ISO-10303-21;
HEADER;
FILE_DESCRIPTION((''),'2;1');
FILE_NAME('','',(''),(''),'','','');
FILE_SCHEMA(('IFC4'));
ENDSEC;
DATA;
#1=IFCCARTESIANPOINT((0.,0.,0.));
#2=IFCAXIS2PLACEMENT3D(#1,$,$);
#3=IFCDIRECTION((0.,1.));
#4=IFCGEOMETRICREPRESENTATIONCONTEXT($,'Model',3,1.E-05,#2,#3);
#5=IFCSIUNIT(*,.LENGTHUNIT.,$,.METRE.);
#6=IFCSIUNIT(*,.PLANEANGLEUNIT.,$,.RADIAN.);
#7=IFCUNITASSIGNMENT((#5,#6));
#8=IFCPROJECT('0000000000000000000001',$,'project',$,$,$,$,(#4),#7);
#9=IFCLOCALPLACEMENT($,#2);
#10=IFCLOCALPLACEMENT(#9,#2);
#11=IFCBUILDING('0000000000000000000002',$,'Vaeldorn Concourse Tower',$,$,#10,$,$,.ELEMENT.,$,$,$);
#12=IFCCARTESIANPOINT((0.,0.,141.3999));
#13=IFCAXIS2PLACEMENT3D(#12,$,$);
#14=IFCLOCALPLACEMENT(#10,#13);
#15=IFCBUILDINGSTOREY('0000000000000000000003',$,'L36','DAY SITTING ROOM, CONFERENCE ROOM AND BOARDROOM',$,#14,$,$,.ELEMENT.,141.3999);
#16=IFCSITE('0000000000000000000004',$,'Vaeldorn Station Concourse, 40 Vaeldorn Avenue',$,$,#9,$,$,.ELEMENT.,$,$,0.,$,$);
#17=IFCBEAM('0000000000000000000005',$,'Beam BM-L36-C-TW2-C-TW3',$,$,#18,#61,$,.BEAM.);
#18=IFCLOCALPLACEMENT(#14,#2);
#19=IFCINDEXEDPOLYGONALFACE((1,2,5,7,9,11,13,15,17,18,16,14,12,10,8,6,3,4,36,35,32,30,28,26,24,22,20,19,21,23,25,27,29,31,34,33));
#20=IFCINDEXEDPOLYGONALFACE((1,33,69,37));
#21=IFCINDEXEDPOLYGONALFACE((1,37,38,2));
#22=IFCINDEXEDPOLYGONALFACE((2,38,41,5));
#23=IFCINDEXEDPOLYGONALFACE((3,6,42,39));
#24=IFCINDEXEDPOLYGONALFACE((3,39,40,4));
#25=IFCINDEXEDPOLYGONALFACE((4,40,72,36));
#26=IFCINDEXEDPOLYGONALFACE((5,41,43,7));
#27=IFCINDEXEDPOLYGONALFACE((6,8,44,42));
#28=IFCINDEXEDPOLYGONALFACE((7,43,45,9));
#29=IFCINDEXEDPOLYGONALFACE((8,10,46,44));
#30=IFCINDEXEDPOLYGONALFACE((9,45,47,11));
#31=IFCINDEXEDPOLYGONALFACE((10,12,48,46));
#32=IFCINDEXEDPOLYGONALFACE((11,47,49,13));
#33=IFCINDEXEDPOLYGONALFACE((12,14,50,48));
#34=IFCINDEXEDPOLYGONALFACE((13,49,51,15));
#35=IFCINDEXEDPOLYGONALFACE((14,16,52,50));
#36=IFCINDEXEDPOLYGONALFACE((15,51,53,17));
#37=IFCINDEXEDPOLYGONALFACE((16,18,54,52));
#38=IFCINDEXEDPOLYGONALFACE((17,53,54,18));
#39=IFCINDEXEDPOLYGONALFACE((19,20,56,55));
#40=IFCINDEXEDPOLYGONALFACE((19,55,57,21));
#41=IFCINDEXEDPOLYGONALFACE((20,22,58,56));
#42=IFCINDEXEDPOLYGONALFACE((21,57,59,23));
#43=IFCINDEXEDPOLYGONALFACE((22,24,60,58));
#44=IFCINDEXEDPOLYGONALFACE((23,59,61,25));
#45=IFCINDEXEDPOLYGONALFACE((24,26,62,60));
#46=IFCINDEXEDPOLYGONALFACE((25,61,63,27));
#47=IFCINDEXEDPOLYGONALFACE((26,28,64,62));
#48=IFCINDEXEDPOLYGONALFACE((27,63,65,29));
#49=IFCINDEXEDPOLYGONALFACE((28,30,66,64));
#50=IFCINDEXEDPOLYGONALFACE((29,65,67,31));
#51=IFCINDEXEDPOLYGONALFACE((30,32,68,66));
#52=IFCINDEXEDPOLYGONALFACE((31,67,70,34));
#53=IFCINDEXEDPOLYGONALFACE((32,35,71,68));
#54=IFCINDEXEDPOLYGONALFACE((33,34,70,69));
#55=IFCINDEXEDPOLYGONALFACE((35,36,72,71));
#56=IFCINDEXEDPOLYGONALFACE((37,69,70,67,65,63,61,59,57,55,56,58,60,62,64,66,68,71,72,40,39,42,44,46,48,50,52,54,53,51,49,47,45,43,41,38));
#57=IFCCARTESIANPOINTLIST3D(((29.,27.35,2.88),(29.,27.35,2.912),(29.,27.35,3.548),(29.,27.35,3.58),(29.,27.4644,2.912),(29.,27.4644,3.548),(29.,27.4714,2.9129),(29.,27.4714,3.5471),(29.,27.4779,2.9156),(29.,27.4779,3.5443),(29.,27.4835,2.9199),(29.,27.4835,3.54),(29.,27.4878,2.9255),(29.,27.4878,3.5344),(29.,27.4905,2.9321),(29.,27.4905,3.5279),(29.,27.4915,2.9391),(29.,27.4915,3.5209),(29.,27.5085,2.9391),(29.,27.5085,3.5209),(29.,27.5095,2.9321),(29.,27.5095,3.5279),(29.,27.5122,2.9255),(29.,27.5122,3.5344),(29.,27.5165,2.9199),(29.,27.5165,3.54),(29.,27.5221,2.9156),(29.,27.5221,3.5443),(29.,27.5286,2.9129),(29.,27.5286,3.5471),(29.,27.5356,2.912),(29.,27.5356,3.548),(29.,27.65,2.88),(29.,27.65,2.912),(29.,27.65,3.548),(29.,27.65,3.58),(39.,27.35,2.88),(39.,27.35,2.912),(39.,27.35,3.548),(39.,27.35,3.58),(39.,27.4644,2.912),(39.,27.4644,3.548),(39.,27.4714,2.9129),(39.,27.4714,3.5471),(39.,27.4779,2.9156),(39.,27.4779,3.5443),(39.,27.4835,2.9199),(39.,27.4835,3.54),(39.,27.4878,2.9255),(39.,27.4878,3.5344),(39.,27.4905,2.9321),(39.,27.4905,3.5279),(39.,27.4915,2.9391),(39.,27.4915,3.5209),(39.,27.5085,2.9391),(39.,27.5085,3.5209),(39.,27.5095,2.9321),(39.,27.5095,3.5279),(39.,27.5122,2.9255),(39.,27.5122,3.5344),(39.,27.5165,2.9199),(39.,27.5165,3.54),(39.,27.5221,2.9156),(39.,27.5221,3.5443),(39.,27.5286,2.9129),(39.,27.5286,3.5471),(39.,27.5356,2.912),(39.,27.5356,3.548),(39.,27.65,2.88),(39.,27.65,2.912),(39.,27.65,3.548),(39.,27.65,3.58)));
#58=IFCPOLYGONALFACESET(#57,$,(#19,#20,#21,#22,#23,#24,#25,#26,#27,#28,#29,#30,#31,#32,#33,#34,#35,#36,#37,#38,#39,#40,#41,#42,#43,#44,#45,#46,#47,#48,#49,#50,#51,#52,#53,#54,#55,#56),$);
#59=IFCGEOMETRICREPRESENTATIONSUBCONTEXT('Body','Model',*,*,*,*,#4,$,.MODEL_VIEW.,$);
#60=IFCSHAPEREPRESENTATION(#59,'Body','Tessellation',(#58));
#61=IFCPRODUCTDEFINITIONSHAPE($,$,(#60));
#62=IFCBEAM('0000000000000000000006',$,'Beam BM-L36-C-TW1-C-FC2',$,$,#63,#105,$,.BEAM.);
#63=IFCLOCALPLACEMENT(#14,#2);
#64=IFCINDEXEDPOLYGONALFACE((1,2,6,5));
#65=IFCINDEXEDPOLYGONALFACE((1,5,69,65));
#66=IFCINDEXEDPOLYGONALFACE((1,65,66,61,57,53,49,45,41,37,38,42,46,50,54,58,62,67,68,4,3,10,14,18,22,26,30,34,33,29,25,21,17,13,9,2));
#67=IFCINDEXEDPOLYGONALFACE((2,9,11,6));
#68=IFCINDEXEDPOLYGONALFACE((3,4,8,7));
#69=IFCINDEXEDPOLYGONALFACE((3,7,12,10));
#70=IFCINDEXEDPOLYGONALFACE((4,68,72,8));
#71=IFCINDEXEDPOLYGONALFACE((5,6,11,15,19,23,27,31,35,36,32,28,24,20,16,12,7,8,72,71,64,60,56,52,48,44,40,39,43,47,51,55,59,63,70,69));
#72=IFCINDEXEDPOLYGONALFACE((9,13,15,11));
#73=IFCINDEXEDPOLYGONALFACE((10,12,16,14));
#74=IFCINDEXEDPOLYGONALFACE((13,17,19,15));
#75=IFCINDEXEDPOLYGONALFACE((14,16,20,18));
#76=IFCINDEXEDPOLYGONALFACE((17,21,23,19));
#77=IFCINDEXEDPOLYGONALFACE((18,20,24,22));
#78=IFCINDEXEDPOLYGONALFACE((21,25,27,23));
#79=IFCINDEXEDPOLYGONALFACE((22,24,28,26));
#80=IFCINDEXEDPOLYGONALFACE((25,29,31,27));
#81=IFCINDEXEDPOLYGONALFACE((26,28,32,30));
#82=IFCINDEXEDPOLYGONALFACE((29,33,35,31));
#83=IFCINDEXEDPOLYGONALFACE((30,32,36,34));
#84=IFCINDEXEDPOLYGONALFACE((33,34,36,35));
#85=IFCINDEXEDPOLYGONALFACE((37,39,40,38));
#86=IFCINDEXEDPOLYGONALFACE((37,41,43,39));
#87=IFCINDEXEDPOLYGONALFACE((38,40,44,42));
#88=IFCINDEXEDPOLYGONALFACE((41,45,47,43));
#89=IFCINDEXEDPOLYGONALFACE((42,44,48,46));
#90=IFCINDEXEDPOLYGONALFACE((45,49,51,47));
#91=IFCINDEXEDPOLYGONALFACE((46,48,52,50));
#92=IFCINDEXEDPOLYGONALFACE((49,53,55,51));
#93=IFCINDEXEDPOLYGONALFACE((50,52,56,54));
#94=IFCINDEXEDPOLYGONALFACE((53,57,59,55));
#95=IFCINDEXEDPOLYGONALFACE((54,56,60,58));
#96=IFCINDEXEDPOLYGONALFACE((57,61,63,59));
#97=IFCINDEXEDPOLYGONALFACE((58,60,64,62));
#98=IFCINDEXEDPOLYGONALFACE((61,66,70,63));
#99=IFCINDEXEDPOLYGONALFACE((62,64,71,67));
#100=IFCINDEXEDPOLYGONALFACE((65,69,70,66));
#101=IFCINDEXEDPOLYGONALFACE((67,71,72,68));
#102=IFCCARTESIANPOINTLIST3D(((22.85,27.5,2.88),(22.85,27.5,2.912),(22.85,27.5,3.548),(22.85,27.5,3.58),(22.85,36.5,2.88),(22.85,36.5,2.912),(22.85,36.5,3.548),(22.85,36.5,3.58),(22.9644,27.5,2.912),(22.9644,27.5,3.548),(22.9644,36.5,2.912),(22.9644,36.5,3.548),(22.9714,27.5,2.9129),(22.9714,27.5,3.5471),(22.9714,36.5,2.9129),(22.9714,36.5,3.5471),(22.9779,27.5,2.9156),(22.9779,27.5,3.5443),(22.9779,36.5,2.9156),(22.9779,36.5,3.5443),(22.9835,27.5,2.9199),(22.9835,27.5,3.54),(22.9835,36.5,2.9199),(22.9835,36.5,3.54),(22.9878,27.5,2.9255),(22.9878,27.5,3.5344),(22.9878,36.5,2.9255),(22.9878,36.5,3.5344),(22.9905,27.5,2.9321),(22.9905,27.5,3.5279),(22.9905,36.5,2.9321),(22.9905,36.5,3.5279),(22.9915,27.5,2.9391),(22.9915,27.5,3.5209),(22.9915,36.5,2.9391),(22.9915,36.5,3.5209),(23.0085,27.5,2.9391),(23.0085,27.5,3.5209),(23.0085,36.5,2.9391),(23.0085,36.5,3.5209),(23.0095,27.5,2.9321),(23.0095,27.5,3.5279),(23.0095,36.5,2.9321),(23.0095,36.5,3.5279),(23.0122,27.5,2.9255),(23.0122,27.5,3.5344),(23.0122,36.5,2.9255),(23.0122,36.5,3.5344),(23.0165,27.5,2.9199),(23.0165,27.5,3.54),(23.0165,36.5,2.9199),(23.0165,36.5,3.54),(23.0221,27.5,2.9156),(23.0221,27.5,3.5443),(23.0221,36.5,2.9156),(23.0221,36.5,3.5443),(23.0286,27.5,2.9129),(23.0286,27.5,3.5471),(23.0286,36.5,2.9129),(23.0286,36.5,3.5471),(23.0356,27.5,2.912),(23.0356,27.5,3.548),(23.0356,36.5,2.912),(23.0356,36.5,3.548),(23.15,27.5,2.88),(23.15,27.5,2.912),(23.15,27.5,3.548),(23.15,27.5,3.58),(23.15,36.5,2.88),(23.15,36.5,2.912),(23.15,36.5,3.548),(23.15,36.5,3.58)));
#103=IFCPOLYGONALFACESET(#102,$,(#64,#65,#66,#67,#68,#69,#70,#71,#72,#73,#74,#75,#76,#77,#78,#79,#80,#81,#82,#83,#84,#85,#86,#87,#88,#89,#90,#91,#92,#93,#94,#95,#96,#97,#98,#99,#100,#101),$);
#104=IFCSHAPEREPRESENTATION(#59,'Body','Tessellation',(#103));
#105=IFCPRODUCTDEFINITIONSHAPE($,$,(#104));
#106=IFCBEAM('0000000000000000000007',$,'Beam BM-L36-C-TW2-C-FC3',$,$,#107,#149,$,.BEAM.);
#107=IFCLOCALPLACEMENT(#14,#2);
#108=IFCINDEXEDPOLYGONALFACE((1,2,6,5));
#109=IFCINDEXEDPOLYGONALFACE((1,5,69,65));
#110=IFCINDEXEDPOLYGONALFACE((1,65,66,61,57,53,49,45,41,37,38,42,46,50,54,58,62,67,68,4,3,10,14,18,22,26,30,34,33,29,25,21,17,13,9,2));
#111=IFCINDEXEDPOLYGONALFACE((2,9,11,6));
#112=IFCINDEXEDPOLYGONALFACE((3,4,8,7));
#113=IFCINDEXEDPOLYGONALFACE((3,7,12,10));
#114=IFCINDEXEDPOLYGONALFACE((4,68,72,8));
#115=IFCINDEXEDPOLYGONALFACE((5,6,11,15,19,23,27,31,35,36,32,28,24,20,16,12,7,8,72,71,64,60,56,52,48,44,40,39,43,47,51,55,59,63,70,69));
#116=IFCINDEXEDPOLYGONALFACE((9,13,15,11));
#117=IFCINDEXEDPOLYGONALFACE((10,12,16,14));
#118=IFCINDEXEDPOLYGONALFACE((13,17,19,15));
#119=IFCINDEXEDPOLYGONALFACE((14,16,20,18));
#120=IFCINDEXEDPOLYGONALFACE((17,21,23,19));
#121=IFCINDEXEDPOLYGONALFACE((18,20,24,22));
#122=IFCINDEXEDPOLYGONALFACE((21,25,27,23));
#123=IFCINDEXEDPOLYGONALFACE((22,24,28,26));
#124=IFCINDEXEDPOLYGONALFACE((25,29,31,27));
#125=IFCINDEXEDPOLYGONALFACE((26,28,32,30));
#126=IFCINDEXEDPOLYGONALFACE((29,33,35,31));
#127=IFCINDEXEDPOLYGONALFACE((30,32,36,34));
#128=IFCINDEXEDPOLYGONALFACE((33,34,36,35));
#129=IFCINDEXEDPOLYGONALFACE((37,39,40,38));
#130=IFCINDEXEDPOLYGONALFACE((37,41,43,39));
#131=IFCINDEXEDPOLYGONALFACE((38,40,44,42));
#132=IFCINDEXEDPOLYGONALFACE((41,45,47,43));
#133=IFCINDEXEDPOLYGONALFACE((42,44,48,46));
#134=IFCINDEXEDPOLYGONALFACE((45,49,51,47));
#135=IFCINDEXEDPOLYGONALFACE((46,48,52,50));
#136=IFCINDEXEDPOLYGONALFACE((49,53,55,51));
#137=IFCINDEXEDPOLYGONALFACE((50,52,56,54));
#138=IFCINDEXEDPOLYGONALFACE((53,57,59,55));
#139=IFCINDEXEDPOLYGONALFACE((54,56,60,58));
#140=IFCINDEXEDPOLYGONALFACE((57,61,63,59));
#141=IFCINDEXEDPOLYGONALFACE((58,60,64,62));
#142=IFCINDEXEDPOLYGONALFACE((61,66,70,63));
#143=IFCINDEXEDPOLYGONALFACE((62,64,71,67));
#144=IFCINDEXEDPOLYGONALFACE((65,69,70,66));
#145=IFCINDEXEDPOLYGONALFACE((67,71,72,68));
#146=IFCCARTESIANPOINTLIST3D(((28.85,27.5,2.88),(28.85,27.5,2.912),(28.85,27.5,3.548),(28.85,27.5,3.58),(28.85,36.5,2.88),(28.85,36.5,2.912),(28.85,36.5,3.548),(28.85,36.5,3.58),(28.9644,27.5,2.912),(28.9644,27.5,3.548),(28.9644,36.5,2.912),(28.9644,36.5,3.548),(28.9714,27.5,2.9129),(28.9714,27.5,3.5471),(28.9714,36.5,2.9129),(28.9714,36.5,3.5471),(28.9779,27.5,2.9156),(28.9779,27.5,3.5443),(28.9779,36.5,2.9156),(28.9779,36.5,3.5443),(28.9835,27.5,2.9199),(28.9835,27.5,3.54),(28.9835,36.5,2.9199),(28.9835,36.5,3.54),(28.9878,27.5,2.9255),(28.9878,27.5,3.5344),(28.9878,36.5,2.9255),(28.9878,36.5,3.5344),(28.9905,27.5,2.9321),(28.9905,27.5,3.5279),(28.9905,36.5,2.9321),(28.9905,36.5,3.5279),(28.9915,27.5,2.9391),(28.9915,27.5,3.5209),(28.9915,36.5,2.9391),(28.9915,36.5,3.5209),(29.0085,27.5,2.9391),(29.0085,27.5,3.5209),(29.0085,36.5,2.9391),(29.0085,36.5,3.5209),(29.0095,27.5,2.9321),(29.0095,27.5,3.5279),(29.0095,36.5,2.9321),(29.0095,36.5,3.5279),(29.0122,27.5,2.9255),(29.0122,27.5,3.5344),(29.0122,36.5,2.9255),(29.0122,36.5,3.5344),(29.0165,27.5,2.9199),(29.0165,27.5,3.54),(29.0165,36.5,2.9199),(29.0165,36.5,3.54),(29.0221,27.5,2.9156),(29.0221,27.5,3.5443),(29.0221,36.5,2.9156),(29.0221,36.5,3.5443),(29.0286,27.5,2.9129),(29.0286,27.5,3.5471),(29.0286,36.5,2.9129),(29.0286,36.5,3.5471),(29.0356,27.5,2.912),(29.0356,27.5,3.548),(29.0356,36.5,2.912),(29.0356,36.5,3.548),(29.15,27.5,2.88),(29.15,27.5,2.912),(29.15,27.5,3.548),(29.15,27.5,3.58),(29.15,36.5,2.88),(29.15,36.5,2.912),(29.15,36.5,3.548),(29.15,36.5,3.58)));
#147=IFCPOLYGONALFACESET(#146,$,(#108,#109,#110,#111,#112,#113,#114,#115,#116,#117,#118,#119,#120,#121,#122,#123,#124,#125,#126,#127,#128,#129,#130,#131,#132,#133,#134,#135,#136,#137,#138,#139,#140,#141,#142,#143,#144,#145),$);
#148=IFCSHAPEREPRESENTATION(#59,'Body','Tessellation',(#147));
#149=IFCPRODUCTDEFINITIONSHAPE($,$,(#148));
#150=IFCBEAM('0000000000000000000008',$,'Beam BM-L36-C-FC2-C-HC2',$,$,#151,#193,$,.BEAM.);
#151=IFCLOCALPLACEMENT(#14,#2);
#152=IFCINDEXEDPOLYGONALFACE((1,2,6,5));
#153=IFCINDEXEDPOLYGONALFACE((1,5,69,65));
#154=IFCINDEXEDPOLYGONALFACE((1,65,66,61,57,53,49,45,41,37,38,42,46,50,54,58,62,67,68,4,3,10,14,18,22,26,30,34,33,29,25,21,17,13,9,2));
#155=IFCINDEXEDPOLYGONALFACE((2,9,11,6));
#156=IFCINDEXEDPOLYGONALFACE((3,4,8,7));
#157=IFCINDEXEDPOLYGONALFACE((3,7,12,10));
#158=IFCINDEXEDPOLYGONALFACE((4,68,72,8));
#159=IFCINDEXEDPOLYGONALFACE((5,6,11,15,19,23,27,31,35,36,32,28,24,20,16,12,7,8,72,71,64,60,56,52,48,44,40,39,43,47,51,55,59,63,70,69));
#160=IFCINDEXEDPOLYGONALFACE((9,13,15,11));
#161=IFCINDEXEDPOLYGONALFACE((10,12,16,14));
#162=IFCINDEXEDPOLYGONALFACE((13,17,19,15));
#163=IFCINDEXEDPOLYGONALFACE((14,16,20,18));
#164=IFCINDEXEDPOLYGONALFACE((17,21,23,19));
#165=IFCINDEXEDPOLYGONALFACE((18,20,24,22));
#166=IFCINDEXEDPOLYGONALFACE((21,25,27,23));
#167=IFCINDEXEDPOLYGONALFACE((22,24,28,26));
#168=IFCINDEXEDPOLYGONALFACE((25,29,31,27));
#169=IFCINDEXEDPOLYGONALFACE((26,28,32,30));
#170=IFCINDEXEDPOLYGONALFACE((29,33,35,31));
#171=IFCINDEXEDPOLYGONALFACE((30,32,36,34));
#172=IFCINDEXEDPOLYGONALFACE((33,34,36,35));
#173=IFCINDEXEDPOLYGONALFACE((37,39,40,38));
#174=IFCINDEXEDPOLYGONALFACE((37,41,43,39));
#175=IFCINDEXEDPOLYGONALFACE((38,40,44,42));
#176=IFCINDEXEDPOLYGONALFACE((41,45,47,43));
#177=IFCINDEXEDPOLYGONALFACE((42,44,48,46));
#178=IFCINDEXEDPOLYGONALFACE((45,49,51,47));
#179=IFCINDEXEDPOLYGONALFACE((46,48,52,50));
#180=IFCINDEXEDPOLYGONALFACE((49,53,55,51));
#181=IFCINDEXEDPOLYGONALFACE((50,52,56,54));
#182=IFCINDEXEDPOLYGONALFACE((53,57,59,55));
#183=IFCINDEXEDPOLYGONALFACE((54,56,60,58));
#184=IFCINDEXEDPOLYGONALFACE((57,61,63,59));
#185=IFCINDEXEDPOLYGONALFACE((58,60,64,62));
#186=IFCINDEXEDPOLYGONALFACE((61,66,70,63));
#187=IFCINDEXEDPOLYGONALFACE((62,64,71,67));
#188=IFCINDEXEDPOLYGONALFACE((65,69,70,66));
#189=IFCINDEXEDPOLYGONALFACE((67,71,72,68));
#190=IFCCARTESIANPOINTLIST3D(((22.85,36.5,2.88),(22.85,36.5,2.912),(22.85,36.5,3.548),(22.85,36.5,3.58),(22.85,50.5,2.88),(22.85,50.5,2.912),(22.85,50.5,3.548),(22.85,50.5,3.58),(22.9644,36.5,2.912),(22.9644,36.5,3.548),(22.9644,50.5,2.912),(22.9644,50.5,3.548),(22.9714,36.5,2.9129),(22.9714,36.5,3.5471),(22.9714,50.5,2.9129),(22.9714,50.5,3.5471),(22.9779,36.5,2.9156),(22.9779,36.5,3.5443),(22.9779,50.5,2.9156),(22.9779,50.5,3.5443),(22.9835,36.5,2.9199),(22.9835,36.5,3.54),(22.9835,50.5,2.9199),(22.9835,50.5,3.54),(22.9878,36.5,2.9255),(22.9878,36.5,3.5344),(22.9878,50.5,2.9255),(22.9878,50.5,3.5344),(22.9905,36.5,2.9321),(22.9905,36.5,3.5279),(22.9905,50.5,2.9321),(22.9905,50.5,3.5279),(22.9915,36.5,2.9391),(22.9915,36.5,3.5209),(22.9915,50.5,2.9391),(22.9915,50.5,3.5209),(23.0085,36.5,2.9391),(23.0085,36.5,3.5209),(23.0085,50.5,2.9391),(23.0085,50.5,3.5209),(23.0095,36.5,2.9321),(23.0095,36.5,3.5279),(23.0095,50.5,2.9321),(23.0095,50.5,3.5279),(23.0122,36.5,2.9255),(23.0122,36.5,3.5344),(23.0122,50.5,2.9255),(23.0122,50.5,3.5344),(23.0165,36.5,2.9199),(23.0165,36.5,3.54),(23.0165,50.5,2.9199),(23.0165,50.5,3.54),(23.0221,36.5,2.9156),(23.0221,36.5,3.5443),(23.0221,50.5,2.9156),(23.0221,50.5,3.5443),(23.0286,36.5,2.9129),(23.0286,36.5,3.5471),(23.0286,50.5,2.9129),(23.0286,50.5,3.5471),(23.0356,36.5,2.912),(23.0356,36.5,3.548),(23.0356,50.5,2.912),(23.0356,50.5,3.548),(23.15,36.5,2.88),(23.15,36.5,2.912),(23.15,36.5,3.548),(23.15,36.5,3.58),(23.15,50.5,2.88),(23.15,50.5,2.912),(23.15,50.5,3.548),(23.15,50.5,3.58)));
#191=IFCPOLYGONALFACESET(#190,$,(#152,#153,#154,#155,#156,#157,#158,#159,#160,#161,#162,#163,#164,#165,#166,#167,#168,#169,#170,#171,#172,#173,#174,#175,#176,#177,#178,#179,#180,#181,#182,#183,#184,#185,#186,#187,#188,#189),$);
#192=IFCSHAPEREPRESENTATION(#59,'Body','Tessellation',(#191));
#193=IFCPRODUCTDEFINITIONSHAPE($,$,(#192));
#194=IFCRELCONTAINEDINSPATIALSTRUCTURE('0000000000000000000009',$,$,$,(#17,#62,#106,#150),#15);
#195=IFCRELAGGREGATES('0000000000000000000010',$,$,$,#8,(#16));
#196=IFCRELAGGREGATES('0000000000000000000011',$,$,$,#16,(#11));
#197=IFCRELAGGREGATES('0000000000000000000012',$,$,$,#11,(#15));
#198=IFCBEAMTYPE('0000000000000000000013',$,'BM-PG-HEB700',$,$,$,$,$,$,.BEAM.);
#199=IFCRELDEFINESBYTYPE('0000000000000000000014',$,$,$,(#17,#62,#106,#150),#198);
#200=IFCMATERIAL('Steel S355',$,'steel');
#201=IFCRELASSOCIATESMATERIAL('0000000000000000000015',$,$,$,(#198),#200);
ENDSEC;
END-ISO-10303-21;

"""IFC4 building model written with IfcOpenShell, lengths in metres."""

from ifc_helpers import new_model, si_unit, direction, frame, origin, origin_2d, place, context, subcontext, project, spatial, i_section, extrude, source, transform, mapped, material, material_profile, profile_set, type_object, element, save


model = new_model("IFC4")

# Units and contexts
model_context = context("Model", 3, precision=1e-05, world=origin(), true_north=direction((0.0, 1.0)))
body_context = subcontext(model_context, "Body", "Model", "MODEL_VIEW")
ifc_project = project(units=[si_unit("LENGTHUNIT", "METRE"), si_unit("PLANEANGLEUNIT", "RADIAN")], contexts=[model_context])

# Site, building, storey
site_placement = place(None, origin())
site = spatial("IfcSite", under=ifc_project, at=site_placement, Name="Vaeldorn Station Concourse, 40 Vaeldorn Avenue", CompositionType="ELEMENT", RefElevation=0.0)
building_placement = place(site_placement, origin())
building = spatial("IfcBuilding", under=site, at=building_placement, Name="Vaeldorn Concourse Tower", CompositionType="ELEMENT")
storey_placement = place(building_placement, frame((0.0, 0.0, 141.3999)))
storey = spatial("IfcBuildingStorey", under=building, at=storey_placement, Name="L36", Description="DAY SITTING ROOM, CONFERENCE ROOM AND BOARDROOM", CompositionType="ELEMENT", Elevation=141.3999)

# Beams
ifc_material_1 = material(Name="Steel S355", Category="steel")
ifc_material_profile_1 = material_profile(ifc_material_1, i_section(OverallWidth=0.3, OverallDepth=0.7, WebThickness=0.0171, FlangeThickness=0.032, FilletRadius=0.0271, at=origin_2d()), Name="HEB 700")
ifc_profile_set_1 = profile_set([ifc_material_profile_1], Name="Steel S355")
beam_type_1 = type_object("IfcBeamType", Name="BM-PG-HEB700", PredefinedType="BEAM", material=ifc_profile_set_1)
shared_shape_1 = source(origin(), body_context, "Body", "SweptSolid", [
    extrude(i_section(OverallWidth=0.3, OverallDepth=0.7, WebThickness=0.0171, FlangeThickness=0.032, FilletRadius=0.0271, at=origin_2d()), origin(), (0.0, 0.0, 1.0), 10.0),
])
for number, where, z_axis, x_axis, name in (
    (1, (29.0, 27.5, 3.23), (1.0, 0.0, 0.0), (0.0, 1.0, 0.0), "Beam BM-L36-C-TW2-C-TW3"),
):
    element("IfcBeam", number, at=place(storey_placement, frame(where, z_axis=z_axis, x_axis=x_axis)), inside=storey, type_object=beam_type_1, Name=name, PredefinedType="BEAM", context=body_context, shape_type="MappedRepresentation", body=[
        mapped(shared_shape_1, transform((0.0, 0.0, 0.0), scale=1.0)),
    ])
shared_shape_2 = source(origin(), body_context, "Body", "SweptSolid", [
    extrude(i_section(OverallWidth=0.3, OverallDepth=0.7, WebThickness=0.0171, FlangeThickness=0.032, FilletRadius=0.0271, at=origin_2d()), origin(), (0.0, 0.0, 1.0), 9.0),
])
for number, where, z_axis, x_axis, name in (
    (2, (23.0, 27.5, 3.23), (0.0, 1.0, 0.0), (-1.0, 0.0, 0.0), "Beam BM-L36-C-TW1-C-FC2"),
    (3, (29.0, 27.5, 3.23), (0.0, 1.0, 0.0), (-1.0, 0.0, 0.0), "Beam BM-L36-C-TW2-C-FC3"),
):
    element("IfcBeam", number, at=place(storey_placement, frame(where, z_axis=z_axis, x_axis=x_axis)), inside=storey, type_object=beam_type_1, Name=name, PredefinedType="BEAM", context=body_context, shape_type="MappedRepresentation", body=[
        mapped(shared_shape_2, transform((0.0, 0.0, 0.0), scale=1.0)),
    ])
shared_shape_3 = source(origin(), body_context, "Body", "SweptSolid", [
    extrude(i_section(OverallWidth=0.3, OverallDepth=0.7, WebThickness=0.0171, FlangeThickness=0.032, FilletRadius=0.0271, at=origin_2d()), origin(), (0.0, 0.0, 1.0), 14.0),
])
beam_placement = place(storey_placement, frame((23.0, 36.5, 3.23), z_axis=(0.0, 1.0, 0.0), x_axis=(-1.0, 0.0, 0.0)))
element("IfcBeam", 4, at=beam_placement, inside=storey, type_object=beam_type_1, Name="Beam BM-L36-C-FC2-C-HC2", PredefinedType="BEAM", context=body_context, shape_type="MappedRepresentation", body=[
    mapped(shared_shape_3, transform((0.0, 0.0, 0.0), scale=1.0)),
])

save(model, "model.ifc")
